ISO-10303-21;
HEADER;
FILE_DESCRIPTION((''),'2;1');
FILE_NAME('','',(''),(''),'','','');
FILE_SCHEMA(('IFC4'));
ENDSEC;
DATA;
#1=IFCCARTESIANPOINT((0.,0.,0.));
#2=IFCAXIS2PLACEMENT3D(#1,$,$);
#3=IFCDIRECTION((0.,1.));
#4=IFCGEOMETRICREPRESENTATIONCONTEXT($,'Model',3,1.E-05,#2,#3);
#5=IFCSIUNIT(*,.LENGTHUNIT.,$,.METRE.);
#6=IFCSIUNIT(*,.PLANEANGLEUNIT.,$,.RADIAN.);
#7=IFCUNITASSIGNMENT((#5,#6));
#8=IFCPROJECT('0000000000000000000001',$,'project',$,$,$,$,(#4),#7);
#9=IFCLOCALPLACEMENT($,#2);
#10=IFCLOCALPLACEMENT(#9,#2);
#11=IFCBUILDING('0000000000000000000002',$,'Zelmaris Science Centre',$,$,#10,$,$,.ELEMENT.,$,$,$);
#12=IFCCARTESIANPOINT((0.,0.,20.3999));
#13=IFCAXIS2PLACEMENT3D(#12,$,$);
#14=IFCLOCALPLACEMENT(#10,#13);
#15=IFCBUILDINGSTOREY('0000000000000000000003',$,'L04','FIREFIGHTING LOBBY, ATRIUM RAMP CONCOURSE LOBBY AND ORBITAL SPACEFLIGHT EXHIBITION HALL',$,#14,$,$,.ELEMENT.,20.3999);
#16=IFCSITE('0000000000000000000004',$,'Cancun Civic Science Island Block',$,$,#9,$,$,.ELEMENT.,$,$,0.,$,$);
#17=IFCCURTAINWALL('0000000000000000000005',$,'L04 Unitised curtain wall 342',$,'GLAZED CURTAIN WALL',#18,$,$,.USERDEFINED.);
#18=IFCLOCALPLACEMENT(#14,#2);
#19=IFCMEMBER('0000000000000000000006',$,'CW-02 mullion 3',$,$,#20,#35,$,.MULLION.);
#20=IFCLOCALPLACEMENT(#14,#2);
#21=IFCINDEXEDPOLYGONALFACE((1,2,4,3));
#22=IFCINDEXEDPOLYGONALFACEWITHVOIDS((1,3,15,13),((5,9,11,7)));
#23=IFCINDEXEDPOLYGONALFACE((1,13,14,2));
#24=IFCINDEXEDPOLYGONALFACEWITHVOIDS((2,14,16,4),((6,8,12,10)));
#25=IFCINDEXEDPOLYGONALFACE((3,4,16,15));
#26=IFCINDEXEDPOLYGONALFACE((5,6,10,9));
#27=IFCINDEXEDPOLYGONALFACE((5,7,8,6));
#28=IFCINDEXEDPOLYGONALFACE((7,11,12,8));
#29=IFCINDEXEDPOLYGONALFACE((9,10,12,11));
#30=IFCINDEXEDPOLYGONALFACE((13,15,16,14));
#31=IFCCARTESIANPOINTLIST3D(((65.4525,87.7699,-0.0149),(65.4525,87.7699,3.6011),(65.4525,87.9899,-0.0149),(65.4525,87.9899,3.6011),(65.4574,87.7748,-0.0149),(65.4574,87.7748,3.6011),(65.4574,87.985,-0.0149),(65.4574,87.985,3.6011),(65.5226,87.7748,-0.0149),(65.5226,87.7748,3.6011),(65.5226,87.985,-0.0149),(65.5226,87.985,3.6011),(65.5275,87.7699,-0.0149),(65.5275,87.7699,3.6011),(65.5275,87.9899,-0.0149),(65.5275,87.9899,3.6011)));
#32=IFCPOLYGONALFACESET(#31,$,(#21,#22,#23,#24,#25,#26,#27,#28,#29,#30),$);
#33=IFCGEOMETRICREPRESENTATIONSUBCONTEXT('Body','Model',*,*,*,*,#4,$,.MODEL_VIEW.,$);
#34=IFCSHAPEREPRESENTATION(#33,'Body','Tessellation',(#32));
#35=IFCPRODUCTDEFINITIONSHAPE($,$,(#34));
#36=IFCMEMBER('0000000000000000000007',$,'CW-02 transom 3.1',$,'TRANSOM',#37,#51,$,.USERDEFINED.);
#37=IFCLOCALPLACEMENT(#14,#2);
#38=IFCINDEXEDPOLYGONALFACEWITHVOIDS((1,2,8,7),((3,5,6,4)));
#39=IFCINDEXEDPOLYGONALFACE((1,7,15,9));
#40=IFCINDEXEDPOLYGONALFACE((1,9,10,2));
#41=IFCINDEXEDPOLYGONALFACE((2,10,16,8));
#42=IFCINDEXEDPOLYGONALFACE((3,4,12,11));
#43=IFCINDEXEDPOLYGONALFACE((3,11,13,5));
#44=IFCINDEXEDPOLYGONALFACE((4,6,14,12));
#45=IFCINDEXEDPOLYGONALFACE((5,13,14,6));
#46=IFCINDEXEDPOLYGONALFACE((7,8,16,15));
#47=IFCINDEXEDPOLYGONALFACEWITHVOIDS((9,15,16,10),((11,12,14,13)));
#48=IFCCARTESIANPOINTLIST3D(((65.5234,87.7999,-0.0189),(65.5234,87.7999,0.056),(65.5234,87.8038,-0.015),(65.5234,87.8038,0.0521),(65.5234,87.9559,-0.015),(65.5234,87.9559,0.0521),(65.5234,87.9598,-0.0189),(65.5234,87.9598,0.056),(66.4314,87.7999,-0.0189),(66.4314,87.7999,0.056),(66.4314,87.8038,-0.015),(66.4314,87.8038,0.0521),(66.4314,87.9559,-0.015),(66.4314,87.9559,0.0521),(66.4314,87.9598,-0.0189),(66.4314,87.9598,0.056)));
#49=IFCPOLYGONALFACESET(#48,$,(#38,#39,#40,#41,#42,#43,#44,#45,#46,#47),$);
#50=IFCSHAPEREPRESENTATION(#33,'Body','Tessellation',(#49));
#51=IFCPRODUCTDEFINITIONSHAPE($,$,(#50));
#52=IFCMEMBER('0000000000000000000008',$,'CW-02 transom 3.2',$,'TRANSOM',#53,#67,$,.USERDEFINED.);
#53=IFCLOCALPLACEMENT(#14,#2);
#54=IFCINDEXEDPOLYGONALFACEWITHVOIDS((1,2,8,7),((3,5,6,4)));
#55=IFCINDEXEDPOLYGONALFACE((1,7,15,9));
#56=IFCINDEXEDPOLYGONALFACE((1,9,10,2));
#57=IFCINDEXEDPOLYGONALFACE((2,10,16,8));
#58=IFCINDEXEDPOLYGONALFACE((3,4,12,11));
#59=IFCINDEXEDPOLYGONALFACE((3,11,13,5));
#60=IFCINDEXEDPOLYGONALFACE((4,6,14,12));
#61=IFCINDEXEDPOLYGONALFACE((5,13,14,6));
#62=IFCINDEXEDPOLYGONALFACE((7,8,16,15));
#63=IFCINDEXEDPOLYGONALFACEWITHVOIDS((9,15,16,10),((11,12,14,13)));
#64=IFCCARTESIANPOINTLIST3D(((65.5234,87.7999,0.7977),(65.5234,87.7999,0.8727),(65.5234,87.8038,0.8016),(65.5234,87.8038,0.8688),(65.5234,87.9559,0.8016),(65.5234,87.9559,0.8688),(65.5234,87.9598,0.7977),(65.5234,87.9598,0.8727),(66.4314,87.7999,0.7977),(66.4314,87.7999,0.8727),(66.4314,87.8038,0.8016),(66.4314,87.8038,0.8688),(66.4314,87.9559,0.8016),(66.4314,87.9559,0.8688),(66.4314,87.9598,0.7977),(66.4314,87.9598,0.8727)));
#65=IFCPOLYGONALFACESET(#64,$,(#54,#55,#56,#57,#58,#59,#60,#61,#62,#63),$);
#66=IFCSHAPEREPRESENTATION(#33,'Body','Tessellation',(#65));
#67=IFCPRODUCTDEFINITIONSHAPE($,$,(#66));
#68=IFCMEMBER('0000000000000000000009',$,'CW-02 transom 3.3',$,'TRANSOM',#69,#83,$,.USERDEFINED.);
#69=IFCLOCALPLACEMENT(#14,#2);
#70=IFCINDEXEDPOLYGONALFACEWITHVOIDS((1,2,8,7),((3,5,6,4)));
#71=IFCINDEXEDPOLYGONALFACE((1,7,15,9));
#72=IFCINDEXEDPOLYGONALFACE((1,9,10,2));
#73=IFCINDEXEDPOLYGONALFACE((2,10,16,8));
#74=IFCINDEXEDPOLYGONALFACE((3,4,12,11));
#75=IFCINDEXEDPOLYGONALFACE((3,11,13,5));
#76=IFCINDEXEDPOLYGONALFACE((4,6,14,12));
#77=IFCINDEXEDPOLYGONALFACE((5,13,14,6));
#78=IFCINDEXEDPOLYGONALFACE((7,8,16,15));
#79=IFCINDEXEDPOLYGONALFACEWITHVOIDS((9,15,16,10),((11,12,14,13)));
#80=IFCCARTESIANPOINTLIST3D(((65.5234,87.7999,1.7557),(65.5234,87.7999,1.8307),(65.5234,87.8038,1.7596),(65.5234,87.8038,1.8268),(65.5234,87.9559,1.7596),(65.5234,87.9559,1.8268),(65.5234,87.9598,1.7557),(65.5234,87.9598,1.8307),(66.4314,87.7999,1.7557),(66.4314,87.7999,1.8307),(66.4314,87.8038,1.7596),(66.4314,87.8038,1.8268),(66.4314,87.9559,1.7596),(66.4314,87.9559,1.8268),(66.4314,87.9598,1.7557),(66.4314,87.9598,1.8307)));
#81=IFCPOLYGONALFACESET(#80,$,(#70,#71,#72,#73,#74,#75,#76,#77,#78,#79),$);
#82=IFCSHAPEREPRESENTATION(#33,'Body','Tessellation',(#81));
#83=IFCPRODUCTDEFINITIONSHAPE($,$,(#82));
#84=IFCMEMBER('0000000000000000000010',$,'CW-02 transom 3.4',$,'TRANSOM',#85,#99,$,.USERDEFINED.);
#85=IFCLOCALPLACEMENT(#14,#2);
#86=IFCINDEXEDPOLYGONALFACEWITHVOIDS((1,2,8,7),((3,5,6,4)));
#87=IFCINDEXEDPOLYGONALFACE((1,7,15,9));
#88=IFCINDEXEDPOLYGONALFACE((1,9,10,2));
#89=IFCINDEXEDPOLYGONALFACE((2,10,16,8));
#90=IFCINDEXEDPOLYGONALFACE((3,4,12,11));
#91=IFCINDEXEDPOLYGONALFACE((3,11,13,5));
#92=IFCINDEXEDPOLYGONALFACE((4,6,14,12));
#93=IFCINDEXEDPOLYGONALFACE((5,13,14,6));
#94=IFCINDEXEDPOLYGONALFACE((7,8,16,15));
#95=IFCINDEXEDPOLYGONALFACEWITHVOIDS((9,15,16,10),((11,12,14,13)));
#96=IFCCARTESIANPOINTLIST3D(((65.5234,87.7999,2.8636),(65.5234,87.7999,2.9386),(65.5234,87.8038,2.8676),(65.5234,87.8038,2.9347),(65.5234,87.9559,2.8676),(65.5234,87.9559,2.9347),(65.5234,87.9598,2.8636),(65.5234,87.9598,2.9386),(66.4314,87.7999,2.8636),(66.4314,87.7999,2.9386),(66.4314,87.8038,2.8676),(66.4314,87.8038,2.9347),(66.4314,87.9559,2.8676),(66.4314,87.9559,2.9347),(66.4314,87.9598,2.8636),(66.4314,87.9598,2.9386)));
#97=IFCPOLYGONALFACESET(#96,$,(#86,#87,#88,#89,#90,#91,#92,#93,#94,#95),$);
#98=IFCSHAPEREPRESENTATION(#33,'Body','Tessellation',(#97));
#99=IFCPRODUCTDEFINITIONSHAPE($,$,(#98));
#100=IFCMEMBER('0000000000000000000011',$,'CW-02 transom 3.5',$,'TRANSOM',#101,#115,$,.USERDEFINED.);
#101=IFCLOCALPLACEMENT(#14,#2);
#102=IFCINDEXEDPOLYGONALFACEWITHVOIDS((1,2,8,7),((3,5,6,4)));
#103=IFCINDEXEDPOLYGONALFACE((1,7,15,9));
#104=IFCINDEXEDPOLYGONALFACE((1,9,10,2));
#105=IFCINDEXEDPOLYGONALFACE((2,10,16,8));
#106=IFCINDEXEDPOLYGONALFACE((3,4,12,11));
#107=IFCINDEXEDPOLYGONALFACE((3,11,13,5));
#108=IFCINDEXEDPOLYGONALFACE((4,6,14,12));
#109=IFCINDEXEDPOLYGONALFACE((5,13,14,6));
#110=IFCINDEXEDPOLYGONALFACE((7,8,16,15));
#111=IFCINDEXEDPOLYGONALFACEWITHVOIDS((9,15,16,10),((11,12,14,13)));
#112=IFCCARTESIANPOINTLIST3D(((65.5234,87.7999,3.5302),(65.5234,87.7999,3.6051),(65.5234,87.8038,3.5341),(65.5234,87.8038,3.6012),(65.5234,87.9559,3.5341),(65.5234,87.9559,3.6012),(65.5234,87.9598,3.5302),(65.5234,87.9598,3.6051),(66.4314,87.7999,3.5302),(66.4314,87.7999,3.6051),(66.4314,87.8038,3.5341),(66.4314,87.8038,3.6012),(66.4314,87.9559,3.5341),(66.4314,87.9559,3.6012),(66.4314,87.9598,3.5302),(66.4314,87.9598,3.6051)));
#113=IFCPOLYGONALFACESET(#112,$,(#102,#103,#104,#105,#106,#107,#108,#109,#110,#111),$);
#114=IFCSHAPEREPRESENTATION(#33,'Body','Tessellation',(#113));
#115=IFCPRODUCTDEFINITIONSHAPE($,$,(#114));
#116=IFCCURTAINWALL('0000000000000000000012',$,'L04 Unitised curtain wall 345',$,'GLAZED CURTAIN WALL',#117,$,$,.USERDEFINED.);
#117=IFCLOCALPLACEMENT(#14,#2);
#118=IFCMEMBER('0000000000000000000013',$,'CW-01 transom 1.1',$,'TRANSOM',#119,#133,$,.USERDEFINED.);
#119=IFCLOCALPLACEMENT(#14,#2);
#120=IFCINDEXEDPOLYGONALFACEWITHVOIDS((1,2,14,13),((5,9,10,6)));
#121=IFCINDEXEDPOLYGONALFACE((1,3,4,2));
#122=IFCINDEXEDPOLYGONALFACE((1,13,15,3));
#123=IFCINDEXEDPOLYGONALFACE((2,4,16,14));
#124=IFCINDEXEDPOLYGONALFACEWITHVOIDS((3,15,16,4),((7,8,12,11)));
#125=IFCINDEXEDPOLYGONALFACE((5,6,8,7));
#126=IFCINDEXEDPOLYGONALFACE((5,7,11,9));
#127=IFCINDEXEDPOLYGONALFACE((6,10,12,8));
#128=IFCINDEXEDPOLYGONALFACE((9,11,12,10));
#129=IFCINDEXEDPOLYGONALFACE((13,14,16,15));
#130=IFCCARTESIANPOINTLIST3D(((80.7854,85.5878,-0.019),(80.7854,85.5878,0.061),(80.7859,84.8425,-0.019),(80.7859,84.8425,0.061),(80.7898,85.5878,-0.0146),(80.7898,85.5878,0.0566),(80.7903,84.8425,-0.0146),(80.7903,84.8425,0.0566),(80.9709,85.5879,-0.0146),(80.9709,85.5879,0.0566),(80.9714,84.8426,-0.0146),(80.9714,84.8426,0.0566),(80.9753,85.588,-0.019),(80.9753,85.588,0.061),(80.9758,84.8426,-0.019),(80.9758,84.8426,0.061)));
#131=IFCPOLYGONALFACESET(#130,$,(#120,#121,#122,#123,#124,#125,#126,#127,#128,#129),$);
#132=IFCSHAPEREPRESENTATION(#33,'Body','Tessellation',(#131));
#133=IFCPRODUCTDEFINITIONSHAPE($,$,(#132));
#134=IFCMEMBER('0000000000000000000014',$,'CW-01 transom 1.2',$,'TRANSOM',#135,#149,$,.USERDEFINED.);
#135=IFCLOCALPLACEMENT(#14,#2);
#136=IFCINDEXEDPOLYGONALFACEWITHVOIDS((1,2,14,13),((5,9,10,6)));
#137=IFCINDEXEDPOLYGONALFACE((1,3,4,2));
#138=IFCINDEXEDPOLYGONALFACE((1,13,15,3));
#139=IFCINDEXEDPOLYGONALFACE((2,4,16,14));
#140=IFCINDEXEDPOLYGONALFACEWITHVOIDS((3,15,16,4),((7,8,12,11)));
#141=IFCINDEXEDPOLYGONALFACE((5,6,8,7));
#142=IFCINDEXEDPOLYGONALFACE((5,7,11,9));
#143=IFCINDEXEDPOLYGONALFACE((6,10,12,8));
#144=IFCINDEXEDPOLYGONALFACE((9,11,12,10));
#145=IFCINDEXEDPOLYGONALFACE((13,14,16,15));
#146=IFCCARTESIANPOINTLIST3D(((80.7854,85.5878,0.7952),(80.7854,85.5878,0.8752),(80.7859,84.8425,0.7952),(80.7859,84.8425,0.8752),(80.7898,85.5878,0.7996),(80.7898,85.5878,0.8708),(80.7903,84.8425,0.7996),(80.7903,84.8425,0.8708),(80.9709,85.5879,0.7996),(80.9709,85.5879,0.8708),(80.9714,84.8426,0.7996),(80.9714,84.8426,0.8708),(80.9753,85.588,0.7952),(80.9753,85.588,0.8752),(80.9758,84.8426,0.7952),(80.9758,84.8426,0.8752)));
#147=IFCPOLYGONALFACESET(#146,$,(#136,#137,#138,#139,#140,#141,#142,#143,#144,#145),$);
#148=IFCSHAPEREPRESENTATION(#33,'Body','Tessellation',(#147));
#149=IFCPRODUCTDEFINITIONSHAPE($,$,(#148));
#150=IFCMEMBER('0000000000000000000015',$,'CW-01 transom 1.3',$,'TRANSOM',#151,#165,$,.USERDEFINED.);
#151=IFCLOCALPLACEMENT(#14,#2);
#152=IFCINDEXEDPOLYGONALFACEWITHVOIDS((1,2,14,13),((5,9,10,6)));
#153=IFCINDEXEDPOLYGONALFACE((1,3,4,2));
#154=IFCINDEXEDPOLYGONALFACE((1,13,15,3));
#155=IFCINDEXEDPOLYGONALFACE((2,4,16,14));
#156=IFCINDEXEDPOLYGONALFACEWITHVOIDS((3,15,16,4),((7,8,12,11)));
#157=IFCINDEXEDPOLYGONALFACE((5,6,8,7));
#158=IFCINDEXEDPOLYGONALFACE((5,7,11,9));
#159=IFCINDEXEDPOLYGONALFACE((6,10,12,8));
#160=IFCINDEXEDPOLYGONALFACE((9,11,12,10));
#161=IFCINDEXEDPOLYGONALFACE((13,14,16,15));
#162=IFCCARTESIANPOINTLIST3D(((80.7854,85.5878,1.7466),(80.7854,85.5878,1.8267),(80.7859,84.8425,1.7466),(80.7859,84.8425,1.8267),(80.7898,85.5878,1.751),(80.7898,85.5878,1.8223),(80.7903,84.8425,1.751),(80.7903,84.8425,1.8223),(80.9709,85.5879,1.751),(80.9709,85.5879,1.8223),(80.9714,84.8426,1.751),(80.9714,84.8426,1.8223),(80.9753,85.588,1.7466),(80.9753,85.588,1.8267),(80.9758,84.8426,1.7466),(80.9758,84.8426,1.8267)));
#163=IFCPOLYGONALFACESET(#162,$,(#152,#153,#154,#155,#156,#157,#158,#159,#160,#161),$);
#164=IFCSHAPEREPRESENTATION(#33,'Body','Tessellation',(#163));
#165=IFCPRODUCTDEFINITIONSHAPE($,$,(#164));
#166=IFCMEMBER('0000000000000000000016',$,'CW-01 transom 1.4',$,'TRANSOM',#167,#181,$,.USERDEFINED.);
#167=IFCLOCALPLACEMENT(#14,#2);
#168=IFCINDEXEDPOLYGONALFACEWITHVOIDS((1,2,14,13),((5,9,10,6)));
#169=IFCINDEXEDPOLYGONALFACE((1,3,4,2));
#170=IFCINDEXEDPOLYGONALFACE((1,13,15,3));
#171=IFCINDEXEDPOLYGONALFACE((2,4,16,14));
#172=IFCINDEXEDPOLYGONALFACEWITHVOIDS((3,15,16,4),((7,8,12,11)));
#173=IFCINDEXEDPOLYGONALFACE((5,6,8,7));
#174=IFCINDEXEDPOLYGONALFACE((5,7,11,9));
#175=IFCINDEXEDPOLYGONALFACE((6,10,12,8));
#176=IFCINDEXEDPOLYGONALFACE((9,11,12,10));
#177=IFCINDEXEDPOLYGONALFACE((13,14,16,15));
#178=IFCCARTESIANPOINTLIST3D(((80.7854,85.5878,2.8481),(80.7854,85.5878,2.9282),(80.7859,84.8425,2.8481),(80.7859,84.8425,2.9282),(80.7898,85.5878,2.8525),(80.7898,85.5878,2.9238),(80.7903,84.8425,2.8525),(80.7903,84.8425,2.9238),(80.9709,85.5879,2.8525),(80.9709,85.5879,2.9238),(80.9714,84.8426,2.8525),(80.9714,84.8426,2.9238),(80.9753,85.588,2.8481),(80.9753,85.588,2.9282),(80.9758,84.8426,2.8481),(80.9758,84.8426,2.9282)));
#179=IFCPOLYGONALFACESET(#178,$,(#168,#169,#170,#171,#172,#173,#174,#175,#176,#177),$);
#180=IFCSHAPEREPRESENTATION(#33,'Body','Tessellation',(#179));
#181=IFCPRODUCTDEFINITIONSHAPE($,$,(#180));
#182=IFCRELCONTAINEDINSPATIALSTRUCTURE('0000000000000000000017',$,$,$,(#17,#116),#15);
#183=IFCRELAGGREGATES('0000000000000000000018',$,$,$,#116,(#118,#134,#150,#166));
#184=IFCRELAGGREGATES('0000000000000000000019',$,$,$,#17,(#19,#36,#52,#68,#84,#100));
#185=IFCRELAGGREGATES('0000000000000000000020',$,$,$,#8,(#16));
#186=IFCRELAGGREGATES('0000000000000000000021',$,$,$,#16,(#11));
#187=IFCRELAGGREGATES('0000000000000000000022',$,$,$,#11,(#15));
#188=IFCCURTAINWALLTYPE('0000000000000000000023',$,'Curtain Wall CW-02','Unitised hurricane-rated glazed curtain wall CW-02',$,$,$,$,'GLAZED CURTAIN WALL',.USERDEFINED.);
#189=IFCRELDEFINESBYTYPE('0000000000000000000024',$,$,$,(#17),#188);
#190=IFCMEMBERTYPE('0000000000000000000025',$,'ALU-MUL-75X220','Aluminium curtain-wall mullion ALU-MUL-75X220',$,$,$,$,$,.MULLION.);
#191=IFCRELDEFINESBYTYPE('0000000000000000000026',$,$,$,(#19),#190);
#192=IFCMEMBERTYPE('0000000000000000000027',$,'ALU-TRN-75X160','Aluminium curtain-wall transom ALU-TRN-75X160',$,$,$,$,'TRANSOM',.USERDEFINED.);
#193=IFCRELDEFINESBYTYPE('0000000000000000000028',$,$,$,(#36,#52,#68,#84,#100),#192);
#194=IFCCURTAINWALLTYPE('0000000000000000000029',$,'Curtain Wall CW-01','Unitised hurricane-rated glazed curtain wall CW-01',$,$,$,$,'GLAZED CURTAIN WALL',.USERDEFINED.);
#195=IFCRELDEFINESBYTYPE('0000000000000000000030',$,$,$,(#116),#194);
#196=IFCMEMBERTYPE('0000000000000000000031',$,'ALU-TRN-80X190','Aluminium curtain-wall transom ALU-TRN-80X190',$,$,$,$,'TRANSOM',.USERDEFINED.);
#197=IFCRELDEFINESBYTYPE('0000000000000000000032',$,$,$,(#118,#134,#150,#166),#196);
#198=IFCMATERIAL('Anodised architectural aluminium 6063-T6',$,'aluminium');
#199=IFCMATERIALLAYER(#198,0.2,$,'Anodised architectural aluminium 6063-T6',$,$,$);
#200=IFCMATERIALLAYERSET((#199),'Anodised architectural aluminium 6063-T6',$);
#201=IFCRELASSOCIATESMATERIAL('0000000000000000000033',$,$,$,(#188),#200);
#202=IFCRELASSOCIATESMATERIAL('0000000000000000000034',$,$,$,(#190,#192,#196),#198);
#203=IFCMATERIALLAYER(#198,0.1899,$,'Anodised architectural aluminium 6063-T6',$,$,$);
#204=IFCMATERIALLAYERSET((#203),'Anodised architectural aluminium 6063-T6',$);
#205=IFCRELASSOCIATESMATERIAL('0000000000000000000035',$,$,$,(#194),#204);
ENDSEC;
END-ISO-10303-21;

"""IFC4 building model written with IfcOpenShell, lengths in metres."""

from ifc_helpers import new_model, si_unit, direction, frame, origin, origin_2d, place, context, subcontext, project, spatial, hollow_rectangle, extrude, material, layer, layer_set, material_profile, profile_set, type_object, element, aggregate, save


model = new_model("IFC4")

# Units and contexts
model_context = context("Model", 3, precision=1e-05, world=origin(), true_north=direction((0.0, 1.0)))
body_context = subcontext(model_context, "Body", "Model", "MODEL_VIEW")
ifc_project = project(units=[si_unit("LENGTHUNIT", "METRE"), si_unit("PLANEANGLEUNIT", "RADIAN")], contexts=[model_context])

# Site, building, storey
site_placement = place(None, origin())
site = spatial("IfcSite", under=ifc_project, at=site_placement, Name="Cancun Civic Science Island Block", CompositionType="ELEMENT", RefElevation=0.0)
building_placement = place(site_placement, origin())
building = spatial("IfcBuilding", under=site, at=building_placement, Name="Zelmaris Science Centre", CompositionType="ELEMENT")
storey_placement = place(building_placement, frame((0.0, 0.0, 20.3999)))
storey = spatial("IfcBuildingStorey", under=building, at=storey_placement, Name="L04", Description="FIREFIGHTING LOBBY, ATRIUM RAMP CONCOURSE LOBBY AND ORBITAL SPACEFLIGHT EXHIBITION HALL", CompositionType="ELEMENT", Elevation=20.3999)

# Curtain walls, members
ifc_material_1 = material(Name="Anodised architectural aluminium 6063-T6", Category="aluminium")
ifc_layer_1 = layer(ifc_material_1, 0.2, Name="Anodised architectural aluminium 6063-T6")
ifc_layer_set_1 = layer_set([ifc_layer_1], Name="Anodised architectural aluminium 6063-T6")
curtain_wall_type_1 = type_object("IfcCurtainWallType", Name="Curtain Wall CW-02", Description="Unitised hurricane-rated glazed curtain wall CW-02", ElementType="GLAZED CURTAIN WALL", PredefinedType="USERDEFINED", material=ifc_layer_set_1)
curtain_wall_1_placement = place(storey_placement, origin())
curtain_wall_1 = element("IfcCurtainWall", 1, at=curtain_wall_1_placement, inside=storey, type_object=curtain_wall_type_1, Name="L04 Unitised curtain wall 342", ObjectType="GLAZED CURTAIN WALL", PredefinedType="USERDEFINED")
ifc_material_profile_1 = material_profile(ifc_material_1, hollow_rectangle(XDim=0.075, YDim=0.22, WallThickness=0.0049, at=origin_2d()), Name="ALU-MUL-75X220")
ifc_profile_set_1 = profile_set([ifc_material_profile_1], Name="Anodised architectural aluminium 6063-T6")
member_type_1 = type_object("IfcMemberType", Name="ALU-MUL-75X220", Description="Aluminium curtain-wall mullion ALU-MUL-75X220", PredefinedType="MULLION", material=ifc_profile_set_1)
member_1_placement = place(storey_placement, frame((65.49, 87.8799, -0.0149), z_axis=(0.0, 0.0, 1.0), x_axis=(1.0, 0.0, 0.0)))
member_1 = element("IfcMember", 2, at=member_1_placement, type_object=member_type_1, Name="CW-02 mullion 3", PredefinedType="MULLION", context=body_context, shape_type="SweptSolid", body=[
    extrude(hollow_rectangle(XDim=0.075, YDim=0.22, WallThickness=0.0049, at=origin_2d()), origin(), (0.0, 0.0, 1.0), 3.616),
])
ifc_material_profile_2 = material_profile(ifc_material_1, hollow_rectangle(XDim=0.075, YDim=0.1599, WallThickness=0.0039, at=origin_2d()), Name="ALU-TRN-75X160")
ifc_profile_set_2 = profile_set([ifc_material_profile_2], Name="Anodised architectural aluminium 6063-T6")
member_type_2 = type_object("IfcMemberType", Name="ALU-TRN-75X160", Description="Aluminium curtain-wall transom ALU-TRN-75X160", ElementType="TRANSOM", PredefinedType="USERDEFINED", material=ifc_profile_set_2)
member_2_placement = place(storey_placement, frame((65.5234, 87.8799, 0.0186), z_axis=(1.0, 0.0, 0.0), x_axis=(0.0, 0.0, 1.0)))
member_2 = element("IfcMember", 3, at=member_2_placement, type_object=member_type_2, Name="CW-02 transom 3.1", ObjectType="TRANSOM", PredefinedType="USERDEFINED", context=body_context, shape_type="SweptSolid", body=[
    extrude(hollow_rectangle(XDim=0.075, YDim=0.1599, WallThickness=0.0039, at=origin_2d()), origin(), (0.0, 0.0, 1.0), 0.908),
])
member_3_placement = place(storey_placement, frame((65.5234, 87.8799, 0.8352), z_axis=(1.0, 0.0, 0.0), x_axis=(0.0, 0.0, 1.0)))
member_3 = element("IfcMember", 4, at=member_3_placement, type_object=member_type_2, Name="CW-02 transom 3.2", ObjectType="TRANSOM", PredefinedType="USERDEFINED", context=body_context, shape_type="SweptSolid", body=[
    extrude(hollow_rectangle(XDim=0.075, YDim=0.1599, WallThickness=0.0039, at=origin_2d()), origin(), (0.0, 0.0, 1.0), 0.908),
])
member_4_placement = place(storey_placement, frame((65.5234, 87.8799, 1.7932), z_axis=(1.0, 0.0, 0.0), x_axis=(0.0, 0.0, 1.0)))
member_4 = element("IfcMember", 5, at=member_4_placement, type_object=member_type_2, Name="CW-02 transom 3.3", ObjectType="TRANSOM", PredefinedType="USERDEFINED", context=body_context, shape_type="SweptSolid", body=[
    extrude(hollow_rectangle(XDim=0.075, YDim=0.1599, WallThickness=0.0039, at=origin_2d()), origin(), (0.0, 0.0, 1.0), 0.908),
])
member_5_placement = place(storey_placement, frame((65.5234, 87.8799, 2.9011), z_axis=(1.0, 0.0, 0.0), x_axis=(0.0, 0.0, 1.0)))
member_5 = element("IfcMember", 6, at=member_5_placement, type_object=member_type_2, Name="CW-02 transom 3.4", ObjectType="TRANSOM", PredefinedType="USERDEFINED", context=body_context, shape_type="SweptSolid", body=[
    extrude(hollow_rectangle(XDim=0.075, YDim=0.1599, WallThickness=0.0039, at=origin_2d()), origin(), (0.0, 0.0, 1.0), 0.908),
])
member_6_placement = place(storey_placement, frame((65.5234, 87.8799, 3.5676), z_axis=(1.0, 0.0, 0.0), x_axis=(0.0, 0.0, 1.0)))
member_6 = element("IfcMember", 7, at=member_6_placement, type_object=member_type_2, Name="CW-02 transom 3.5", ObjectType="TRANSOM", PredefinedType="USERDEFINED", context=body_context, shape_type="SweptSolid", body=[
    extrude(hollow_rectangle(XDim=0.075, YDim=0.1599, WallThickness=0.0039, at=origin_2d()), origin(), (0.0, 0.0, 1.0), 0.908),
])
ifc_layer_2 = layer(ifc_material_1, 0.1899, Name="Anodised architectural aluminium 6063-T6")
ifc_layer_set_2 = layer_set([ifc_layer_2], Name="Anodised architectural aluminium 6063-T6")
curtain_wall_type_2 = type_object("IfcCurtainWallType", Name="Curtain Wall CW-01", Description="Unitised hurricane-rated glazed curtain wall CW-01", ElementType="GLAZED CURTAIN WALL", PredefinedType="USERDEFINED", material=ifc_layer_set_2)
curtain_wall_2_placement = place(storey_placement, origin())
curtain_wall_2 = element("IfcCurtainWall", 8, at=curtain_wall_2_placement, inside=storey, type_object=curtain_wall_type_2, Name="L04 Unitised curtain wall 345", ObjectType="GLAZED CURTAIN WALL", PredefinedType="USERDEFINED")
ifc_material_profile_3 = material_profile(ifc_material_1, hollow_rectangle(XDim=0.0801, YDim=0.1899, WallThickness=0.0044, at=origin_2d()), Name="ALU-TRN-80X190")
ifc_profile_set_3 = profile_set([ifc_material_profile_3], Name="Anodised architectural aluminium 6063-T6")
member_type_3 = type_object("IfcMemberType", Name="ALU-TRN-80X190", Description="Aluminium curtain-wall transom ALU-TRN-80X190", ElementType="TRANSOM", PredefinedType="USERDEFINED", material=ifc_profile_set_3)
member_7_placement = place(storey_placement, frame((80.8804, 85.5879, 0.021), z_axis=(0.000655, -1.0, 0.0), x_axis=(0.0, 0.0, 1.0)))
member_7 = element("IfcMember", 9, at=member_7_placement, type_object=member_type_3, Name="CW-01 transom 1.1", ObjectType="TRANSOM", PredefinedType="USERDEFINED", context=body_context, shape_type="SweptSolid", body=[
    extrude(hollow_rectangle(XDim=0.0801, YDim=0.1899, WallThickness=0.0044, at=origin_2d()), origin(), (0.0, 0.0, 1.0), 0.7454),
])
member_8_placement = place(storey_placement, frame((80.8804, 85.5879, 0.8352), z_axis=(0.000655, -1.0, 0.0), x_axis=(0.0, 0.0, 1.0)))
member_8 = element("IfcMember", 10, at=member_8_placement, type_object=member_type_3, Name="CW-01 transom 1.2", ObjectType="TRANSOM", PredefinedType="USERDEFINED", context=body_context, shape_type="SweptSolid", body=[
    extrude(hollow_rectangle(XDim=0.0801, YDim=0.1899, WallThickness=0.0044, at=origin_2d()), origin(), (0.0, 0.0, 1.0), 0.7454),
])
member_9_placement = place(storey_placement, frame((80.8804, 85.5879, 1.7866), z_axis=(0.000655, -1.0, 0.0), x_axis=(0.0, 0.0, 1.0)))
member_9 = element("IfcMember", 11, at=member_9_placement, type_object=member_type_3, Name="CW-01 transom 1.3", ObjectType="TRANSOM", PredefinedType="USERDEFINED", context=body_context, shape_type="SweptSolid", body=[
    extrude(hollow_rectangle(XDim=0.0801, YDim=0.1899, WallThickness=0.0044, at=origin_2d()), origin(), (0.0, 0.0, 1.0), 0.7454),
])
member_10_placement = place(storey_placement, frame((80.8804, 85.5879, 2.8882), z_axis=(0.000655, -1.0, 0.0), x_axis=(0.0, 0.0, 1.0)))
member_10 = element("IfcMember", 12, at=member_10_placement, type_object=member_type_3, Name="CW-01 transom 1.4", ObjectType="TRANSOM", PredefinedType="USERDEFINED", context=body_context, shape_type="SweptSolid", body=[
    extrude(hollow_rectangle(XDim=0.0801, YDim=0.1899, WallThickness=0.0044, at=origin_2d()), origin(), (0.0, 0.0, 1.0), 0.7454),
])
aggregate(curtain_wall_2, [member_7, member_8, member_9, member_10])

aggregate(curtain_wall_1, [member_1, member_2, member_3, member_4, member_5, member_6])

save(model, "model.ifc")
